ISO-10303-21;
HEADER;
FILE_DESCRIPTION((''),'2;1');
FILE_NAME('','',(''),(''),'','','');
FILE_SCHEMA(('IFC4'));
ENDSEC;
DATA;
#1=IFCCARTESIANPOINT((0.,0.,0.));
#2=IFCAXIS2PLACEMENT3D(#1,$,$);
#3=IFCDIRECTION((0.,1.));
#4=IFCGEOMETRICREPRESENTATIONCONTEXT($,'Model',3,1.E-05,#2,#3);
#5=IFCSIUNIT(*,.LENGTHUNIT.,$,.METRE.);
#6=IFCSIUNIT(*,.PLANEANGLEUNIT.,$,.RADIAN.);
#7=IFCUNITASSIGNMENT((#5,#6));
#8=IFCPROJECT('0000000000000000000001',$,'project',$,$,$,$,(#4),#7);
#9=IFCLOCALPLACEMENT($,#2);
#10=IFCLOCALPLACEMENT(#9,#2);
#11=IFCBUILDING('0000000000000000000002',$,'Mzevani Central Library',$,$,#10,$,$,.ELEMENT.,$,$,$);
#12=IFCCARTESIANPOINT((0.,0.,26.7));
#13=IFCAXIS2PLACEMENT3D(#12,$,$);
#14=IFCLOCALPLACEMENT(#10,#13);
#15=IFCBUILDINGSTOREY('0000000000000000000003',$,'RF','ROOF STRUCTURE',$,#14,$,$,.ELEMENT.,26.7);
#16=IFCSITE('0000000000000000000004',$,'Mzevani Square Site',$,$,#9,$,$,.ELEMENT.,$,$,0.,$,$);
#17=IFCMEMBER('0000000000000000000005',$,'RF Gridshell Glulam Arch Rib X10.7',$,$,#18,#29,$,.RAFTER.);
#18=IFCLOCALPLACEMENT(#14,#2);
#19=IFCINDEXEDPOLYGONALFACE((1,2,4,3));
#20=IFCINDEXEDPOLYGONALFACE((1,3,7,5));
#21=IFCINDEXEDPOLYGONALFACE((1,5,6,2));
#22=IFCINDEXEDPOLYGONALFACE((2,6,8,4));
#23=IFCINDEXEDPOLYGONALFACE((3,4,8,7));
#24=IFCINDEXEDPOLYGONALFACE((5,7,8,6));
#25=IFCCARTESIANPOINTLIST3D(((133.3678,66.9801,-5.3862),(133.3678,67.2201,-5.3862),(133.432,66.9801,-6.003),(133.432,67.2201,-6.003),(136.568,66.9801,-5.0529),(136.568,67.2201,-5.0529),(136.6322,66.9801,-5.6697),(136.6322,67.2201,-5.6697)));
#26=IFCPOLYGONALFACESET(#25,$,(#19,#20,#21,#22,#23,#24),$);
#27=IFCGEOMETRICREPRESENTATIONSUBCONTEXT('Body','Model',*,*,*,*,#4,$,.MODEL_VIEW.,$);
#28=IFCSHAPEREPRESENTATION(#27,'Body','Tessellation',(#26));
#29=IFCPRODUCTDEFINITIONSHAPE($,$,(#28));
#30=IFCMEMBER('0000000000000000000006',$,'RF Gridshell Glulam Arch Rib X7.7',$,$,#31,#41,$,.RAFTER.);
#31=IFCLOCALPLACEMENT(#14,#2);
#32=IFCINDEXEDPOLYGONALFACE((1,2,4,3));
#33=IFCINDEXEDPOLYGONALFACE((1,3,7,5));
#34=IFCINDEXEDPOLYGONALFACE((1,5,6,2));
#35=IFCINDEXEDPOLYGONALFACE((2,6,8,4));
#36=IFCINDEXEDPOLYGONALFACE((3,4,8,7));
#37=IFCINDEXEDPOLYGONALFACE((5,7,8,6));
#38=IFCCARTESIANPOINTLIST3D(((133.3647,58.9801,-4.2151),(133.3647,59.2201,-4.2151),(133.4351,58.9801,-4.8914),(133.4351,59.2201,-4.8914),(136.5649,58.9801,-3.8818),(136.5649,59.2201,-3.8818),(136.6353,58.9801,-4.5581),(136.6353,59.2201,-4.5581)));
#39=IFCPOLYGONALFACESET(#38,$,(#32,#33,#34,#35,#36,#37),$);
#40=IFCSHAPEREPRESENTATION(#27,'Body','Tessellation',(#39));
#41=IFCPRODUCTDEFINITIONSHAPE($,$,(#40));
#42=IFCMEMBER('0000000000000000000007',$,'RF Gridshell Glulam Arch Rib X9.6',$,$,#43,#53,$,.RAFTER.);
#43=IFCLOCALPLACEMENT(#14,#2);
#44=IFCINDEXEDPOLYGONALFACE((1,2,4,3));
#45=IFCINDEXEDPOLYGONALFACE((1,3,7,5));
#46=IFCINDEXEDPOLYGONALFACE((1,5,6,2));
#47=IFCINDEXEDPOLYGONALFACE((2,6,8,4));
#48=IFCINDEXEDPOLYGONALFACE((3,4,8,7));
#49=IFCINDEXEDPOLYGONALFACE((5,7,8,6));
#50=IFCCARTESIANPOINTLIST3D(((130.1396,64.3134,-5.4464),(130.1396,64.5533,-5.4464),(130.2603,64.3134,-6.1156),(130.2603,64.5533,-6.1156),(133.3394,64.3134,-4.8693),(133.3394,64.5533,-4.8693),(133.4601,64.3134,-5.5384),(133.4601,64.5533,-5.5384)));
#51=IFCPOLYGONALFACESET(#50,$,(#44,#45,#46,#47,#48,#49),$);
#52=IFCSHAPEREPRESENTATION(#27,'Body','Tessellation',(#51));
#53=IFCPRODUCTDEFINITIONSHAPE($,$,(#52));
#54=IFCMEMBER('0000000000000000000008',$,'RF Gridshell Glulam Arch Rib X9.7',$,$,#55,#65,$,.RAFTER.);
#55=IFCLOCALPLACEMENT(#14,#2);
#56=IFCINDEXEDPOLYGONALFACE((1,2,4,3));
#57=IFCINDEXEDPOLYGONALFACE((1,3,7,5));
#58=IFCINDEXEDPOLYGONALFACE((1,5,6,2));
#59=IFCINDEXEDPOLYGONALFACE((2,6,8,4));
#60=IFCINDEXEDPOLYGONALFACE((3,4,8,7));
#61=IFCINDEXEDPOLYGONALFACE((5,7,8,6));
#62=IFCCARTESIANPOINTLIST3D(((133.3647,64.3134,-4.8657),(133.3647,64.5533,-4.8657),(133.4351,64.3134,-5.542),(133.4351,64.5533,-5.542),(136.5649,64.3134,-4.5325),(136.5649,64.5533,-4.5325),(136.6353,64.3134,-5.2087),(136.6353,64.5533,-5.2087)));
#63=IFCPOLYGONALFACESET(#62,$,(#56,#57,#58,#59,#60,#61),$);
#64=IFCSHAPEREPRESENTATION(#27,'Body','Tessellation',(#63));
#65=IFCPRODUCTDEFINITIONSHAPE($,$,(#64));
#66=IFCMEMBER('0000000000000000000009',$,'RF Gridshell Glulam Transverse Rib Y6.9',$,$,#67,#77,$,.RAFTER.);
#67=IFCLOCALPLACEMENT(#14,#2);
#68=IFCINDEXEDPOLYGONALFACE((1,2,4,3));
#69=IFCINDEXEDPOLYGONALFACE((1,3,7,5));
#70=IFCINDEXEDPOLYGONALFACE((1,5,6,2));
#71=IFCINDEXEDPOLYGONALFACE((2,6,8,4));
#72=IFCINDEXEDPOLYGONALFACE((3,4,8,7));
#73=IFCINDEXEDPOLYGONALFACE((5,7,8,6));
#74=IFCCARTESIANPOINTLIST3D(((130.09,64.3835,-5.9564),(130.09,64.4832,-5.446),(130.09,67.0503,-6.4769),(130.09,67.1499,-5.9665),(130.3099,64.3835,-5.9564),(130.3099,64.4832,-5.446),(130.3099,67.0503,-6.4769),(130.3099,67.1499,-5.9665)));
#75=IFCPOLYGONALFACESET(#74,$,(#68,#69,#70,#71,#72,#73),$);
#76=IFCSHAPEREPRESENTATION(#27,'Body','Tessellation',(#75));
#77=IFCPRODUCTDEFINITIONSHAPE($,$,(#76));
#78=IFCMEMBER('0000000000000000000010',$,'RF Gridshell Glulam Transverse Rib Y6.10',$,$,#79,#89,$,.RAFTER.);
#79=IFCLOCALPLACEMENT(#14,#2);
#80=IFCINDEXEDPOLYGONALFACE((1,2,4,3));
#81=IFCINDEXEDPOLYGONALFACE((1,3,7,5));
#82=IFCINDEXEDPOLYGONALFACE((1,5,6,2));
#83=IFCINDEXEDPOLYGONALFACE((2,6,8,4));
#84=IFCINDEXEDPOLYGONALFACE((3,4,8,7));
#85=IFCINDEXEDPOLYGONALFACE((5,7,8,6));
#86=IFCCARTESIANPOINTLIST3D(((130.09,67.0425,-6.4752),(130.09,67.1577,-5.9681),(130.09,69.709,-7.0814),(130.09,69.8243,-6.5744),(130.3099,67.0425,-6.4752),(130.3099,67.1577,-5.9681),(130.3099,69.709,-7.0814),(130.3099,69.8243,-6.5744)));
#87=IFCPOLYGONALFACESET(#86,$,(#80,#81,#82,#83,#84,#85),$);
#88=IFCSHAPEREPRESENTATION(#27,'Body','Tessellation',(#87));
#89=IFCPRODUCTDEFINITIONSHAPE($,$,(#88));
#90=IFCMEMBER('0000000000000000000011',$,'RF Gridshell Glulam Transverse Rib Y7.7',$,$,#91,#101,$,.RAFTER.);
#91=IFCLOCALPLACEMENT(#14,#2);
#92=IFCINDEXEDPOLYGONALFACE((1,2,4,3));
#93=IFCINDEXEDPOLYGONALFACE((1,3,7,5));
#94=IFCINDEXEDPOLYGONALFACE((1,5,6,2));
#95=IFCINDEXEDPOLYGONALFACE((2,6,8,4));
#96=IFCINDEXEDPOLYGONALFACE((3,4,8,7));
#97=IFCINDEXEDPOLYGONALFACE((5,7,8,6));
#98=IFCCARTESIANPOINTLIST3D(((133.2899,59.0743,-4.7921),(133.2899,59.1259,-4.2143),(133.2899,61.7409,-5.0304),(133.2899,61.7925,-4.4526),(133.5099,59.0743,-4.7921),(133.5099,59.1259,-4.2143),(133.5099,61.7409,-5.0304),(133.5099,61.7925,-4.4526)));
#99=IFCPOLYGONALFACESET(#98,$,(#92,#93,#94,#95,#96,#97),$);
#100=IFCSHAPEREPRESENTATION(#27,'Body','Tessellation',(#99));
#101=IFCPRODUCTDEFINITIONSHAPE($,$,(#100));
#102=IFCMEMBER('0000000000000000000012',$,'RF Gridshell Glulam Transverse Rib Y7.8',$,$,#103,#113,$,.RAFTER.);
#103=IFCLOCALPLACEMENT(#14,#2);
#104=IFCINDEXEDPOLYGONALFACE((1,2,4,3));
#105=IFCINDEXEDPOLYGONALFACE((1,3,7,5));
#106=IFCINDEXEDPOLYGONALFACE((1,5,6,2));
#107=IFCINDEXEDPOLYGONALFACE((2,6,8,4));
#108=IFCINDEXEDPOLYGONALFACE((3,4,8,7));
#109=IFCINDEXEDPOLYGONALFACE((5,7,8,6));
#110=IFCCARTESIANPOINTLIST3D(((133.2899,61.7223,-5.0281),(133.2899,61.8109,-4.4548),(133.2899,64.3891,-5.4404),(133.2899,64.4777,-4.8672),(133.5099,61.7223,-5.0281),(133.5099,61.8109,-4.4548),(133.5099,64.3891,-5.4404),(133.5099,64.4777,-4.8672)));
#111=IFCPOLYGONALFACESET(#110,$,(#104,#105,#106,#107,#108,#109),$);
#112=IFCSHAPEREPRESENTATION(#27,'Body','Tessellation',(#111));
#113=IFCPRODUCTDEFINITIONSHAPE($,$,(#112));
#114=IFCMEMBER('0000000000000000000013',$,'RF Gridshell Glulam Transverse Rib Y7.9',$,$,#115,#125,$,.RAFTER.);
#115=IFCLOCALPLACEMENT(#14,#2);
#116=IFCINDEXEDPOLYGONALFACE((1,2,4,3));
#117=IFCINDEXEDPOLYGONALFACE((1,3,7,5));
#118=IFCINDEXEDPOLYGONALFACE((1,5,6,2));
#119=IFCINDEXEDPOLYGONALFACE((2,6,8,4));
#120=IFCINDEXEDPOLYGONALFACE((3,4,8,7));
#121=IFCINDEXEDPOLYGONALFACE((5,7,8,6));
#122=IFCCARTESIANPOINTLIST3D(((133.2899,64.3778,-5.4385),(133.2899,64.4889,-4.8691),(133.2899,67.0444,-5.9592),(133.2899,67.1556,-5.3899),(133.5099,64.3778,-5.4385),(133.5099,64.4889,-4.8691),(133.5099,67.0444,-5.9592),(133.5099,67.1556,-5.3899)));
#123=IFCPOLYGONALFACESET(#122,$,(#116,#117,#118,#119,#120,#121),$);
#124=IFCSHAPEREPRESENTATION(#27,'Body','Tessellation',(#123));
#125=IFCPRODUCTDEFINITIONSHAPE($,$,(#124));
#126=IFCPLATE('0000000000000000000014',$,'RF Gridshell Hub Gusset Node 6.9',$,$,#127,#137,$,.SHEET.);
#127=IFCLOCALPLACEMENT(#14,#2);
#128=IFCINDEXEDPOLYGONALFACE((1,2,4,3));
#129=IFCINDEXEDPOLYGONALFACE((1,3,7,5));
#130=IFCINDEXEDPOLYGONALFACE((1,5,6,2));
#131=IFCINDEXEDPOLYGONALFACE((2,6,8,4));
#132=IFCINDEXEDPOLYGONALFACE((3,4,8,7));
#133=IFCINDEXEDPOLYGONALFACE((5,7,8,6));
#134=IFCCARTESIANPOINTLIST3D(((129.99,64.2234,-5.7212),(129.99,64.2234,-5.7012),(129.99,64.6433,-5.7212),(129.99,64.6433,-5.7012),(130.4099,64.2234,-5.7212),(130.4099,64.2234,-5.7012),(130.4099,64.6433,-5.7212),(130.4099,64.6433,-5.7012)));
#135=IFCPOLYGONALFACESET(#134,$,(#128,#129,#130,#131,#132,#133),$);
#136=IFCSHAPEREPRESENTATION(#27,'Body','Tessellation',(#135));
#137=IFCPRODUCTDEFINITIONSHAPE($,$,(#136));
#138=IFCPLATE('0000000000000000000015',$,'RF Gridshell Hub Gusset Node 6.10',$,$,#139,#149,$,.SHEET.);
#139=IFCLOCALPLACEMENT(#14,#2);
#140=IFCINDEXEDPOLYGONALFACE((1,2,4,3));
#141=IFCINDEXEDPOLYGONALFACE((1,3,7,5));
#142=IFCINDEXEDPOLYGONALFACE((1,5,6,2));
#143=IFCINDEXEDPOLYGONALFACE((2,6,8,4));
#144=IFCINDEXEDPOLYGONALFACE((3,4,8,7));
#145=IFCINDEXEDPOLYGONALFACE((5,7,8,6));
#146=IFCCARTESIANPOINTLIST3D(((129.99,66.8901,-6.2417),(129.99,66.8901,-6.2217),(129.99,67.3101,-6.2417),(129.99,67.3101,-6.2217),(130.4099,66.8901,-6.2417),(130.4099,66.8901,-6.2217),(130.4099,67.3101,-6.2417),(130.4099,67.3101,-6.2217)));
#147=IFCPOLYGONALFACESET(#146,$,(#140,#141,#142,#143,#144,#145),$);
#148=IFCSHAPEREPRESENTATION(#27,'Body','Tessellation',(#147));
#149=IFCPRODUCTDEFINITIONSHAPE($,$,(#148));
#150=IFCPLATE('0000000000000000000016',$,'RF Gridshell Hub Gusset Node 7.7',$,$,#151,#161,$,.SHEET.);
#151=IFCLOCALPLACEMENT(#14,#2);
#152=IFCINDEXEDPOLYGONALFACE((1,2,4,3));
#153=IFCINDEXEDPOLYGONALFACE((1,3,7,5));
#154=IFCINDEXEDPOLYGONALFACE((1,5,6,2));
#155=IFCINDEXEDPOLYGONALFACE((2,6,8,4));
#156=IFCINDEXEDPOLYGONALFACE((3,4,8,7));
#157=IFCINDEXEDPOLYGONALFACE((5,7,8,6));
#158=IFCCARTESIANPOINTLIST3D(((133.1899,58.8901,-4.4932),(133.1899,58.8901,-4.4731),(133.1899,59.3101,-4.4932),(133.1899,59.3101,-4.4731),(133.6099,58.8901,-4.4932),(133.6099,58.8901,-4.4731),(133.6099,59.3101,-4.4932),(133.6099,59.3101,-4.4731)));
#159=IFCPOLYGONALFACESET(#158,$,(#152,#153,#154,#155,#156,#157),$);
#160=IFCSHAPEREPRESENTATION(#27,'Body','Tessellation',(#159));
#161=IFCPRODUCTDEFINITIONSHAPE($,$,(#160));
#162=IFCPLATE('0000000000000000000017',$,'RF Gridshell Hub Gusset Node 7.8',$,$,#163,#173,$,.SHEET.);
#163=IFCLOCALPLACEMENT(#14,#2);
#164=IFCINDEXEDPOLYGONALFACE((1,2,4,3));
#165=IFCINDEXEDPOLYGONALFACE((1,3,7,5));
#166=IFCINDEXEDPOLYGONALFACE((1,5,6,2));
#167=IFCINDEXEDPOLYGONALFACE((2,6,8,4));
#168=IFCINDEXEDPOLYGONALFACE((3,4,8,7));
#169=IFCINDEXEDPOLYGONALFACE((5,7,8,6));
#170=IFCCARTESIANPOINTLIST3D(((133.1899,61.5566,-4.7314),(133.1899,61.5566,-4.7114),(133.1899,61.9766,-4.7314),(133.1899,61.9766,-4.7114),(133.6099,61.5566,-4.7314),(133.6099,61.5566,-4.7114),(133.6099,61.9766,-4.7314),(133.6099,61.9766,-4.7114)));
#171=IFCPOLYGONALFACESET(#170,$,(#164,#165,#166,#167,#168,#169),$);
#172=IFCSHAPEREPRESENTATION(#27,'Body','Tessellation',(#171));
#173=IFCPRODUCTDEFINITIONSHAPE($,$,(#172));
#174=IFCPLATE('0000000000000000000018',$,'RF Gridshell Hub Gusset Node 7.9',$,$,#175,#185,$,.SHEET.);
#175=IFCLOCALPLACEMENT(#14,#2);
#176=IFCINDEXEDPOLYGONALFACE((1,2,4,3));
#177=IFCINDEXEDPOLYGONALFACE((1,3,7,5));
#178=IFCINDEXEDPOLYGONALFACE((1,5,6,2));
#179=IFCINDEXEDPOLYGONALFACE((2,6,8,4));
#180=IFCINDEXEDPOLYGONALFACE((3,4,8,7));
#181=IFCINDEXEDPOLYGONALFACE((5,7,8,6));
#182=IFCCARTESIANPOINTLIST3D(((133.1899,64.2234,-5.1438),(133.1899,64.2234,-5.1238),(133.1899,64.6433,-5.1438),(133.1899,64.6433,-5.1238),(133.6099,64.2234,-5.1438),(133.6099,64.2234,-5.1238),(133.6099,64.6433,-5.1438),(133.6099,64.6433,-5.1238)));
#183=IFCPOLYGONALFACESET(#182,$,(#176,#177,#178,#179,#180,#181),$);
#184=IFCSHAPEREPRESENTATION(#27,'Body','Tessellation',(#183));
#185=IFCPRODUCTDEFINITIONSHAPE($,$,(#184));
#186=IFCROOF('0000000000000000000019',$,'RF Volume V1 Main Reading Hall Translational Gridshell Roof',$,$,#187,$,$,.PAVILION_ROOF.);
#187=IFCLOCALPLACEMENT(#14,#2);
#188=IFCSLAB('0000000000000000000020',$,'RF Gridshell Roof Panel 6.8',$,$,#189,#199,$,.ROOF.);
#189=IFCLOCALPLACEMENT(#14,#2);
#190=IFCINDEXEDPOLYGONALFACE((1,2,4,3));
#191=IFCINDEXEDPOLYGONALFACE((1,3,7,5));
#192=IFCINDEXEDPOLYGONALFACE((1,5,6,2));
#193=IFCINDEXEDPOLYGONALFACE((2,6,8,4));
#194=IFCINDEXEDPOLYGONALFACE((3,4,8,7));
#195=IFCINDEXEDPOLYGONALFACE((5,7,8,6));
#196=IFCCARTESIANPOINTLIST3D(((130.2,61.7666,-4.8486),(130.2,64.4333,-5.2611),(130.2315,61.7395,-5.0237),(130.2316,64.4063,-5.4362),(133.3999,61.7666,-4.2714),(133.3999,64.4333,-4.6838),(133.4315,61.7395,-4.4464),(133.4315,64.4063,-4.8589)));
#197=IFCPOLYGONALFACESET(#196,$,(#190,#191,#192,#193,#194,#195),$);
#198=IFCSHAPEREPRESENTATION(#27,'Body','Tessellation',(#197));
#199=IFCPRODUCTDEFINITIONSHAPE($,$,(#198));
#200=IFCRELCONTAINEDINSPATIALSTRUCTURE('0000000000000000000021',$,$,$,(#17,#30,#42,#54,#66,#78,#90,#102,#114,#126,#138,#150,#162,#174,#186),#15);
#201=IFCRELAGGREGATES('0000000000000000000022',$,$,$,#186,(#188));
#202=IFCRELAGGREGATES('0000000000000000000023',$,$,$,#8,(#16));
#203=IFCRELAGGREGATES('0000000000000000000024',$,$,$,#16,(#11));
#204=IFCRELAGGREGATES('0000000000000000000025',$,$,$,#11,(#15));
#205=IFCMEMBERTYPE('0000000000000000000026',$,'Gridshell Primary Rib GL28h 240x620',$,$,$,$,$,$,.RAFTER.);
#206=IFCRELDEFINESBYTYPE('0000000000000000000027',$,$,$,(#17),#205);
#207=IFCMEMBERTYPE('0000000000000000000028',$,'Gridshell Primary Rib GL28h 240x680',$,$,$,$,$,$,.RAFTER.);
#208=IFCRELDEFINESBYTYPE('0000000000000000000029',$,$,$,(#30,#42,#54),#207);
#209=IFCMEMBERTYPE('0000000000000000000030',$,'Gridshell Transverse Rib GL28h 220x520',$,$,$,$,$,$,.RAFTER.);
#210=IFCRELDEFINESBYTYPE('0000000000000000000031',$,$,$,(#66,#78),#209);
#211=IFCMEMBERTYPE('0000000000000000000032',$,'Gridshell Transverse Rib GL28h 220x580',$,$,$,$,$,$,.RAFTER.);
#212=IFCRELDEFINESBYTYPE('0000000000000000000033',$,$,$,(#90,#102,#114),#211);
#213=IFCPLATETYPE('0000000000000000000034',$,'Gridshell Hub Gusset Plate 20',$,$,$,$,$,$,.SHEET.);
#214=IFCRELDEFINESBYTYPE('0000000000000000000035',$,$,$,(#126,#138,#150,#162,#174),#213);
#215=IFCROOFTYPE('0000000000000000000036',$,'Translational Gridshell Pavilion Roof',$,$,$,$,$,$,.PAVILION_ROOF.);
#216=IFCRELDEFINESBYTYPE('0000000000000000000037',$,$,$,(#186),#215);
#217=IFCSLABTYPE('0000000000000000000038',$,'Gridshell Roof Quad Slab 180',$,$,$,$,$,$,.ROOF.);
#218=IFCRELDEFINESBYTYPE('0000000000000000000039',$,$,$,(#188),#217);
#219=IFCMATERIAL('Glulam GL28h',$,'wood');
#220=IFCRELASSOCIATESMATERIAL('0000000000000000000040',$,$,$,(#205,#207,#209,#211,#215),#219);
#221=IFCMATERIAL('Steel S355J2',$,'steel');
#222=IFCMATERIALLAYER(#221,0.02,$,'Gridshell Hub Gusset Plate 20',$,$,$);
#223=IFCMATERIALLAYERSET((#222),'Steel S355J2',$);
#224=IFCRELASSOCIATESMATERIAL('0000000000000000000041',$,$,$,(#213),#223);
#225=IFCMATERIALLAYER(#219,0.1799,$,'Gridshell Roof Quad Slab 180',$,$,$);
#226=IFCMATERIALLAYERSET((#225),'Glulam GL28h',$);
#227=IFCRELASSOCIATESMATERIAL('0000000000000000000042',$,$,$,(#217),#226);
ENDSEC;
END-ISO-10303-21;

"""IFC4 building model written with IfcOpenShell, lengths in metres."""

from ifc_helpers import new_model, si_unit, direction, frame, origin, origin_2d, place, context, subcontext, project, spatial, polyline, rectangle, outline, extrude, material, layer, layer_set, material_profile, profile_set, type_object, element, aggregate, save


model = new_model("IFC4")

# Units and contexts
model_context = context("Model", 3, precision=1e-05, world=origin(), true_north=direction((0.0, 1.0)))
body_context = subcontext(model_context, "Body", "Model", "MODEL_VIEW")
ifc_project = project(units=[si_unit("LENGTHUNIT", "METRE"), si_unit("PLANEANGLEUNIT", "RADIAN")], contexts=[model_context])

# Site, building, storey
site_placement = place(None, origin())
site = spatial("IfcSite", under=ifc_project, at=site_placement, Name="Mzevani Square Site", CompositionType="ELEMENT", RefElevation=0.0)
building_placement = place(site_placement, origin())
building = spatial("IfcBuilding", under=site, at=building_placement, Name="Mzevani Central Library", CompositionType="ELEMENT")
storey_placement = place(building_placement, frame((0.0, 0.0, 26.7)))
storey = spatial("IfcBuildingStorey", under=building, at=storey_placement, Name="RF", Description="ROOF STRUCTURE", CompositionType="ELEMENT", Elevation=26.7)

# Members
ifc_material_1 = material(Name="Steel S355J2", Category="steel")
ifc_material_2 = material(Name="Glulam GL28h", Category="wood")
ifc_material_profile_1 = material_profile(ifc_material_2, rectangle(XDim=0.24, YDim=0.6201, at=origin_2d()), Name="GL28h 240x620")
ifc_profile_set_1 = profile_set([ifc_material_profile_1], Name="Glulam GL28h")
member_type_1 = type_object("IfcMemberType", Name="Gridshell Primary Rib GL28h 240x620", PredefinedType="RAFTER", material=ifc_profile_set_1)
member_1_placement = place(storey_placement, frame((133.3999, 67.1001, -5.6946), z_axis=(0.994622, 0.0, 0.103575), x_axis=(0.0, 1.0, 0.0)))
element("IfcMember", 1, at=member_1_placement, inside=storey, type_object=member_type_1, Name="RF Gridshell Glulam Arch Rib X10.7", PredefinedType="RAFTER", context=body_context, shape_type="SweptSolid", body=[
    extrude(rectangle(XDim=0.24, YDim=0.6201, at=origin_2d()), origin(), (0.0, 0.0, 1.0), 3.2175),
])
ifc_material_profile_2 = material_profile(ifc_material_2, rectangle(XDim=0.24, YDim=0.6799, at=origin_2d()), Name="GL28h 240x680")
ifc_profile_set_2 = profile_set([ifc_material_profile_2], Name="Glulam GL28h")
member_type_2 = type_object("IfcMemberType", Name="Gridshell Primary Rib GL28h 240x680", PredefinedType="RAFTER", material=ifc_profile_set_2)
member_2_placement = place(storey_placement, frame((133.3999, 59.1001, -4.5532), z_axis=(0.994622, 0.0, 0.103575), x_axis=(0.0, 1.0, 0.0)))
element("IfcMember", 2, at=member_2_placement, inside=storey, type_object=member_type_2, Name="RF Gridshell Glulam Arch Rib X7.7", PredefinedType="RAFTER", context=body_context, shape_type="SweptSolid", body=[
    extrude(rectangle(XDim=0.24, YDim=0.6799, at=origin_2d()), origin(), (0.0, 0.0, 1.0), 3.2175),
])
member_3_placement = place(storey_placement, frame((130.2, 64.4333, -5.781), z_axis=(0.984121, 0.0, 0.177498), x_axis=(0.0, 1.0, 0.0)))
element("IfcMember", 3, at=member_3_placement, inside=storey, type_object=member_type_2, Name="RF Gridshell Glulam Arch Rib X9.6", PredefinedType="RAFTER", context=body_context, shape_type="SweptSolid", body=[
    extrude(rectangle(XDim=0.24, YDim=0.6799, at=origin_2d()), origin(), (0.0, 0.0, 1.0), 3.2515),
])
member_4_placement = place(storey_placement, frame((133.3999, 64.4333, -5.2039), z_axis=(0.994622, 0.0, 0.103575), x_axis=(0.0, 1.0, 0.0)))
element("IfcMember", 4, at=member_4_placement, inside=storey, type_object=member_type_2, Name="RF Gridshell Glulam Arch Rib X9.7", PredefinedType="RAFTER", context=body_context, shape_type="SweptSolid", body=[
    extrude(rectangle(XDim=0.24, YDim=0.6799, at=origin_2d()), origin(), (0.0, 0.0, 1.0), 3.2175),
])
ifc_material_profile_3 = material_profile(ifc_material_2, rectangle(XDim=0.22, YDim=0.52, at=origin_2d()), Name="GL28h 220x520")
ifc_profile_set_3 = profile_set([ifc_material_profile_3], Name="Glulam GL28h")
member_type_3 = type_object("IfcMemberType", Name="Gridshell Transverse Rib GL28h 220x520", PredefinedType="RAFTER", material=ifc_profile_set_3)
member_5_placement = place(storey_placement, frame((130.2, 64.4333, -5.7012), z_axis=(0.0, 0.981479, -0.191569), x_axis=(-1.0, 0.0, 0.0)))
element("IfcMember", 5, at=member_5_placement, inside=storey, type_object=member_type_3, Name="RF Gridshell Glulam Transverse Rib Y6.9", PredefinedType="RAFTER", context=body_context, shape_type="SweptSolid", body=[
    extrude(rectangle(XDim=0.22, YDim=0.52, at=origin_2d()), origin(), (0.0, 0.0, 1.0), 2.717),
])
member_6_placement = place(storey_placement, frame((130.2, 67.1001, -6.2217), z_axis=(0.0, 0.975119, -0.221683), x_axis=(-1.0, 0.0, 0.0)))
element("IfcMember", 6, at=member_6_placement, inside=storey, type_object=member_type_3, Name="RF Gridshell Glulam Transverse Rib Y6.10", PredefinedType="RAFTER", context=body_context, shape_type="SweptSolid", body=[
    extrude(rectangle(XDim=0.22, YDim=0.52, at=origin_2d()), origin(), (0.0, 0.0, 1.0), 2.7346),
])
ifc_material_profile_4 = material_profile(ifc_material_2, rectangle(XDim=0.22, YDim=0.5801, at=origin_2d()), Name="GL28h 220x580")
ifc_profile_set_4 = profile_set([ifc_material_profile_4], Name="Glulam GL28h")
member_type_4 = type_object("IfcMemberType", Name="Gridshell Transverse Rib GL28h 220x580", PredefinedType="RAFTER", material=ifc_profile_set_4)
member_7_placement = place(storey_placement, frame((133.3999, 59.1001, -4.5032), z_axis=(0.0, 0.996031, -0.089006), x_axis=(-1.0, 0.0, 0.0)))
element("IfcMember", 7, at=member_7_placement, inside=storey, type_object=member_type_4, Name="RF Gridshell Glulam Transverse Rib Y7.7", PredefinedType="RAFTER", context=body_context, shape_type="SweptSolid", body=[
    extrude(rectangle(XDim=0.22, YDim=0.5801, at=origin_2d()), origin(), (0.0, 0.0, 1.0), 2.6772),
])
member_8_placement = place(storey_placement, frame((133.3999, 61.7666, -4.7415), z_axis=(0.0, 0.988255, -0.152812), x_axis=(-1.0, 0.0, 0.0)))
element("IfcMember", 8, at=member_8_placement, inside=storey, type_object=member_type_4, Name="RF Gridshell Glulam Transverse Rib Y7.8", PredefinedType="RAFTER", context=body_context, shape_type="SweptSolid", body=[
    extrude(rectangle(XDim=0.22, YDim=0.5801, at=origin_2d()), origin(), (0.0, 0.0, 1.0), 2.6985),
])
member_9_placement = place(storey_placement, frame((133.3999, 64.4333, -5.1538), z_axis=(0.0, 0.981462, -0.191656), x_axis=(-1.0, 0.0, 0.0)))
element("IfcMember", 9, at=member_9_placement, inside=storey, type_object=member_type_4, Name="RF Gridshell Glulam Transverse Rib Y7.9", PredefinedType="RAFTER", context=body_context, shape_type="SweptSolid", body=[
    extrude(rectangle(XDim=0.22, YDim=0.5801, at=origin_2d()), origin(), (0.0, 0.0, 1.0), 2.717),
])

# Plates
ifc_layer_1 = layer(ifc_material_1, 0.02, Name="Gridshell Hub Gusset Plate 20")
ifc_layer_set_1 = layer_set([ifc_layer_1], Name="Steel S355J2")
plate_type = type_object("IfcPlateType", Name="Gridshell Hub Gusset Plate 20", PredefinedType="SHEET", material=ifc_layer_set_1)
for number, where, z_axis, x_axis, name in (
    (10, (130.2, 64.4333, -5.7212), (0.0, 0.0, 1.0), (1.0, 0.0, 0.0), "RF Gridshell Hub Gusset Node 6.9"),
    (11, (130.2, 67.1001, -6.2417), (0.0, 0.0, 1.0), (1.0, 0.0, 0.0), "RF Gridshell Hub Gusset Node 6.10"),
    (12, (133.3999, 59.1001, -4.4932), (0.0, 0.0, 1.0), (1.0, 0.0, 0.0), "RF Gridshell Hub Gusset Node 7.7"),
    (13, (133.3999, 61.7666, -4.7314), (0.0, 0.0, 1.0), (1.0, 0.0, 0.0), "RF Gridshell Hub Gusset Node 7.8"),
    (14, (133.3999, 64.4333, -5.1438), (0.0, 0.0, 1.0), (1.0, 0.0, 0.0), "RF Gridshell Hub Gusset Node 7.9"),
):
    element("IfcPlate", number, at=place(storey_placement, frame(where, z_axis=z_axis, x_axis=x_axis)), inside=storey, type_object=plate_type, Name=name, PredefinedType="SHEET", context=body_context, shape_type="SweptSolid", body=[
        extrude(rectangle(XDim=0.4199, YDim=0.4199, at=origin_2d()), origin(), (0.0, 0.0, 1.0), 0.02),
    ])

# Roof, slab
roof_type = type_object("IfcRoofType", Name="Translational Gridshell Pavilion Roof", PredefinedType="PAVILION_ROOF", material=ifc_material_2)
roof_placement = place(storey_placement, origin())
roof = element("IfcRoof", 15, at=roof_placement, inside=storey, type_object=roof_type, Name="RF Volume V1 Main Reading Hall Translational Gridshell Roof", PredefinedType="PAVILION_ROOF")
ifc_layer_2 = layer(ifc_material_2, 0.1799, Name="Gridshell Roof Quad Slab 180")
ifc_layer_set_2 = layer_set([ifc_layer_2], Name="Glulam GL28h")
slab_type = type_object("IfcSlabType", Name="Gridshell Roof Quad Slab 180", PredefinedType="ROOF", material=ifc_layer_set_2)
slab_1_placement = place(storey_placement, frame((130.2, 61.7666, -4.8486), z_axis=(-0.175512, 0.150483, 0.972908), x_axis=(0.984115, -0.000005, 0.177535)))
slab_1 = element("IfcSlab", 16, at=slab_1_placement, type_object=slab_type, Name="RF Gridshell Roof Panel 6.8", PredefinedType="ROOF", context=body_context, shape_type="SweptSolid", body=[
    extrude(outline(polyline([(0.0, 0.0), (3.2516, 0.0), (3.1784, 2.6975), (-0.0732, 2.6974), (0.0, 0.0)])), origin(), (0.0, 0.0, -1.0), 0.1799),
])
aggregate(roof, [slab_1])

save(model, "model.ifc")
